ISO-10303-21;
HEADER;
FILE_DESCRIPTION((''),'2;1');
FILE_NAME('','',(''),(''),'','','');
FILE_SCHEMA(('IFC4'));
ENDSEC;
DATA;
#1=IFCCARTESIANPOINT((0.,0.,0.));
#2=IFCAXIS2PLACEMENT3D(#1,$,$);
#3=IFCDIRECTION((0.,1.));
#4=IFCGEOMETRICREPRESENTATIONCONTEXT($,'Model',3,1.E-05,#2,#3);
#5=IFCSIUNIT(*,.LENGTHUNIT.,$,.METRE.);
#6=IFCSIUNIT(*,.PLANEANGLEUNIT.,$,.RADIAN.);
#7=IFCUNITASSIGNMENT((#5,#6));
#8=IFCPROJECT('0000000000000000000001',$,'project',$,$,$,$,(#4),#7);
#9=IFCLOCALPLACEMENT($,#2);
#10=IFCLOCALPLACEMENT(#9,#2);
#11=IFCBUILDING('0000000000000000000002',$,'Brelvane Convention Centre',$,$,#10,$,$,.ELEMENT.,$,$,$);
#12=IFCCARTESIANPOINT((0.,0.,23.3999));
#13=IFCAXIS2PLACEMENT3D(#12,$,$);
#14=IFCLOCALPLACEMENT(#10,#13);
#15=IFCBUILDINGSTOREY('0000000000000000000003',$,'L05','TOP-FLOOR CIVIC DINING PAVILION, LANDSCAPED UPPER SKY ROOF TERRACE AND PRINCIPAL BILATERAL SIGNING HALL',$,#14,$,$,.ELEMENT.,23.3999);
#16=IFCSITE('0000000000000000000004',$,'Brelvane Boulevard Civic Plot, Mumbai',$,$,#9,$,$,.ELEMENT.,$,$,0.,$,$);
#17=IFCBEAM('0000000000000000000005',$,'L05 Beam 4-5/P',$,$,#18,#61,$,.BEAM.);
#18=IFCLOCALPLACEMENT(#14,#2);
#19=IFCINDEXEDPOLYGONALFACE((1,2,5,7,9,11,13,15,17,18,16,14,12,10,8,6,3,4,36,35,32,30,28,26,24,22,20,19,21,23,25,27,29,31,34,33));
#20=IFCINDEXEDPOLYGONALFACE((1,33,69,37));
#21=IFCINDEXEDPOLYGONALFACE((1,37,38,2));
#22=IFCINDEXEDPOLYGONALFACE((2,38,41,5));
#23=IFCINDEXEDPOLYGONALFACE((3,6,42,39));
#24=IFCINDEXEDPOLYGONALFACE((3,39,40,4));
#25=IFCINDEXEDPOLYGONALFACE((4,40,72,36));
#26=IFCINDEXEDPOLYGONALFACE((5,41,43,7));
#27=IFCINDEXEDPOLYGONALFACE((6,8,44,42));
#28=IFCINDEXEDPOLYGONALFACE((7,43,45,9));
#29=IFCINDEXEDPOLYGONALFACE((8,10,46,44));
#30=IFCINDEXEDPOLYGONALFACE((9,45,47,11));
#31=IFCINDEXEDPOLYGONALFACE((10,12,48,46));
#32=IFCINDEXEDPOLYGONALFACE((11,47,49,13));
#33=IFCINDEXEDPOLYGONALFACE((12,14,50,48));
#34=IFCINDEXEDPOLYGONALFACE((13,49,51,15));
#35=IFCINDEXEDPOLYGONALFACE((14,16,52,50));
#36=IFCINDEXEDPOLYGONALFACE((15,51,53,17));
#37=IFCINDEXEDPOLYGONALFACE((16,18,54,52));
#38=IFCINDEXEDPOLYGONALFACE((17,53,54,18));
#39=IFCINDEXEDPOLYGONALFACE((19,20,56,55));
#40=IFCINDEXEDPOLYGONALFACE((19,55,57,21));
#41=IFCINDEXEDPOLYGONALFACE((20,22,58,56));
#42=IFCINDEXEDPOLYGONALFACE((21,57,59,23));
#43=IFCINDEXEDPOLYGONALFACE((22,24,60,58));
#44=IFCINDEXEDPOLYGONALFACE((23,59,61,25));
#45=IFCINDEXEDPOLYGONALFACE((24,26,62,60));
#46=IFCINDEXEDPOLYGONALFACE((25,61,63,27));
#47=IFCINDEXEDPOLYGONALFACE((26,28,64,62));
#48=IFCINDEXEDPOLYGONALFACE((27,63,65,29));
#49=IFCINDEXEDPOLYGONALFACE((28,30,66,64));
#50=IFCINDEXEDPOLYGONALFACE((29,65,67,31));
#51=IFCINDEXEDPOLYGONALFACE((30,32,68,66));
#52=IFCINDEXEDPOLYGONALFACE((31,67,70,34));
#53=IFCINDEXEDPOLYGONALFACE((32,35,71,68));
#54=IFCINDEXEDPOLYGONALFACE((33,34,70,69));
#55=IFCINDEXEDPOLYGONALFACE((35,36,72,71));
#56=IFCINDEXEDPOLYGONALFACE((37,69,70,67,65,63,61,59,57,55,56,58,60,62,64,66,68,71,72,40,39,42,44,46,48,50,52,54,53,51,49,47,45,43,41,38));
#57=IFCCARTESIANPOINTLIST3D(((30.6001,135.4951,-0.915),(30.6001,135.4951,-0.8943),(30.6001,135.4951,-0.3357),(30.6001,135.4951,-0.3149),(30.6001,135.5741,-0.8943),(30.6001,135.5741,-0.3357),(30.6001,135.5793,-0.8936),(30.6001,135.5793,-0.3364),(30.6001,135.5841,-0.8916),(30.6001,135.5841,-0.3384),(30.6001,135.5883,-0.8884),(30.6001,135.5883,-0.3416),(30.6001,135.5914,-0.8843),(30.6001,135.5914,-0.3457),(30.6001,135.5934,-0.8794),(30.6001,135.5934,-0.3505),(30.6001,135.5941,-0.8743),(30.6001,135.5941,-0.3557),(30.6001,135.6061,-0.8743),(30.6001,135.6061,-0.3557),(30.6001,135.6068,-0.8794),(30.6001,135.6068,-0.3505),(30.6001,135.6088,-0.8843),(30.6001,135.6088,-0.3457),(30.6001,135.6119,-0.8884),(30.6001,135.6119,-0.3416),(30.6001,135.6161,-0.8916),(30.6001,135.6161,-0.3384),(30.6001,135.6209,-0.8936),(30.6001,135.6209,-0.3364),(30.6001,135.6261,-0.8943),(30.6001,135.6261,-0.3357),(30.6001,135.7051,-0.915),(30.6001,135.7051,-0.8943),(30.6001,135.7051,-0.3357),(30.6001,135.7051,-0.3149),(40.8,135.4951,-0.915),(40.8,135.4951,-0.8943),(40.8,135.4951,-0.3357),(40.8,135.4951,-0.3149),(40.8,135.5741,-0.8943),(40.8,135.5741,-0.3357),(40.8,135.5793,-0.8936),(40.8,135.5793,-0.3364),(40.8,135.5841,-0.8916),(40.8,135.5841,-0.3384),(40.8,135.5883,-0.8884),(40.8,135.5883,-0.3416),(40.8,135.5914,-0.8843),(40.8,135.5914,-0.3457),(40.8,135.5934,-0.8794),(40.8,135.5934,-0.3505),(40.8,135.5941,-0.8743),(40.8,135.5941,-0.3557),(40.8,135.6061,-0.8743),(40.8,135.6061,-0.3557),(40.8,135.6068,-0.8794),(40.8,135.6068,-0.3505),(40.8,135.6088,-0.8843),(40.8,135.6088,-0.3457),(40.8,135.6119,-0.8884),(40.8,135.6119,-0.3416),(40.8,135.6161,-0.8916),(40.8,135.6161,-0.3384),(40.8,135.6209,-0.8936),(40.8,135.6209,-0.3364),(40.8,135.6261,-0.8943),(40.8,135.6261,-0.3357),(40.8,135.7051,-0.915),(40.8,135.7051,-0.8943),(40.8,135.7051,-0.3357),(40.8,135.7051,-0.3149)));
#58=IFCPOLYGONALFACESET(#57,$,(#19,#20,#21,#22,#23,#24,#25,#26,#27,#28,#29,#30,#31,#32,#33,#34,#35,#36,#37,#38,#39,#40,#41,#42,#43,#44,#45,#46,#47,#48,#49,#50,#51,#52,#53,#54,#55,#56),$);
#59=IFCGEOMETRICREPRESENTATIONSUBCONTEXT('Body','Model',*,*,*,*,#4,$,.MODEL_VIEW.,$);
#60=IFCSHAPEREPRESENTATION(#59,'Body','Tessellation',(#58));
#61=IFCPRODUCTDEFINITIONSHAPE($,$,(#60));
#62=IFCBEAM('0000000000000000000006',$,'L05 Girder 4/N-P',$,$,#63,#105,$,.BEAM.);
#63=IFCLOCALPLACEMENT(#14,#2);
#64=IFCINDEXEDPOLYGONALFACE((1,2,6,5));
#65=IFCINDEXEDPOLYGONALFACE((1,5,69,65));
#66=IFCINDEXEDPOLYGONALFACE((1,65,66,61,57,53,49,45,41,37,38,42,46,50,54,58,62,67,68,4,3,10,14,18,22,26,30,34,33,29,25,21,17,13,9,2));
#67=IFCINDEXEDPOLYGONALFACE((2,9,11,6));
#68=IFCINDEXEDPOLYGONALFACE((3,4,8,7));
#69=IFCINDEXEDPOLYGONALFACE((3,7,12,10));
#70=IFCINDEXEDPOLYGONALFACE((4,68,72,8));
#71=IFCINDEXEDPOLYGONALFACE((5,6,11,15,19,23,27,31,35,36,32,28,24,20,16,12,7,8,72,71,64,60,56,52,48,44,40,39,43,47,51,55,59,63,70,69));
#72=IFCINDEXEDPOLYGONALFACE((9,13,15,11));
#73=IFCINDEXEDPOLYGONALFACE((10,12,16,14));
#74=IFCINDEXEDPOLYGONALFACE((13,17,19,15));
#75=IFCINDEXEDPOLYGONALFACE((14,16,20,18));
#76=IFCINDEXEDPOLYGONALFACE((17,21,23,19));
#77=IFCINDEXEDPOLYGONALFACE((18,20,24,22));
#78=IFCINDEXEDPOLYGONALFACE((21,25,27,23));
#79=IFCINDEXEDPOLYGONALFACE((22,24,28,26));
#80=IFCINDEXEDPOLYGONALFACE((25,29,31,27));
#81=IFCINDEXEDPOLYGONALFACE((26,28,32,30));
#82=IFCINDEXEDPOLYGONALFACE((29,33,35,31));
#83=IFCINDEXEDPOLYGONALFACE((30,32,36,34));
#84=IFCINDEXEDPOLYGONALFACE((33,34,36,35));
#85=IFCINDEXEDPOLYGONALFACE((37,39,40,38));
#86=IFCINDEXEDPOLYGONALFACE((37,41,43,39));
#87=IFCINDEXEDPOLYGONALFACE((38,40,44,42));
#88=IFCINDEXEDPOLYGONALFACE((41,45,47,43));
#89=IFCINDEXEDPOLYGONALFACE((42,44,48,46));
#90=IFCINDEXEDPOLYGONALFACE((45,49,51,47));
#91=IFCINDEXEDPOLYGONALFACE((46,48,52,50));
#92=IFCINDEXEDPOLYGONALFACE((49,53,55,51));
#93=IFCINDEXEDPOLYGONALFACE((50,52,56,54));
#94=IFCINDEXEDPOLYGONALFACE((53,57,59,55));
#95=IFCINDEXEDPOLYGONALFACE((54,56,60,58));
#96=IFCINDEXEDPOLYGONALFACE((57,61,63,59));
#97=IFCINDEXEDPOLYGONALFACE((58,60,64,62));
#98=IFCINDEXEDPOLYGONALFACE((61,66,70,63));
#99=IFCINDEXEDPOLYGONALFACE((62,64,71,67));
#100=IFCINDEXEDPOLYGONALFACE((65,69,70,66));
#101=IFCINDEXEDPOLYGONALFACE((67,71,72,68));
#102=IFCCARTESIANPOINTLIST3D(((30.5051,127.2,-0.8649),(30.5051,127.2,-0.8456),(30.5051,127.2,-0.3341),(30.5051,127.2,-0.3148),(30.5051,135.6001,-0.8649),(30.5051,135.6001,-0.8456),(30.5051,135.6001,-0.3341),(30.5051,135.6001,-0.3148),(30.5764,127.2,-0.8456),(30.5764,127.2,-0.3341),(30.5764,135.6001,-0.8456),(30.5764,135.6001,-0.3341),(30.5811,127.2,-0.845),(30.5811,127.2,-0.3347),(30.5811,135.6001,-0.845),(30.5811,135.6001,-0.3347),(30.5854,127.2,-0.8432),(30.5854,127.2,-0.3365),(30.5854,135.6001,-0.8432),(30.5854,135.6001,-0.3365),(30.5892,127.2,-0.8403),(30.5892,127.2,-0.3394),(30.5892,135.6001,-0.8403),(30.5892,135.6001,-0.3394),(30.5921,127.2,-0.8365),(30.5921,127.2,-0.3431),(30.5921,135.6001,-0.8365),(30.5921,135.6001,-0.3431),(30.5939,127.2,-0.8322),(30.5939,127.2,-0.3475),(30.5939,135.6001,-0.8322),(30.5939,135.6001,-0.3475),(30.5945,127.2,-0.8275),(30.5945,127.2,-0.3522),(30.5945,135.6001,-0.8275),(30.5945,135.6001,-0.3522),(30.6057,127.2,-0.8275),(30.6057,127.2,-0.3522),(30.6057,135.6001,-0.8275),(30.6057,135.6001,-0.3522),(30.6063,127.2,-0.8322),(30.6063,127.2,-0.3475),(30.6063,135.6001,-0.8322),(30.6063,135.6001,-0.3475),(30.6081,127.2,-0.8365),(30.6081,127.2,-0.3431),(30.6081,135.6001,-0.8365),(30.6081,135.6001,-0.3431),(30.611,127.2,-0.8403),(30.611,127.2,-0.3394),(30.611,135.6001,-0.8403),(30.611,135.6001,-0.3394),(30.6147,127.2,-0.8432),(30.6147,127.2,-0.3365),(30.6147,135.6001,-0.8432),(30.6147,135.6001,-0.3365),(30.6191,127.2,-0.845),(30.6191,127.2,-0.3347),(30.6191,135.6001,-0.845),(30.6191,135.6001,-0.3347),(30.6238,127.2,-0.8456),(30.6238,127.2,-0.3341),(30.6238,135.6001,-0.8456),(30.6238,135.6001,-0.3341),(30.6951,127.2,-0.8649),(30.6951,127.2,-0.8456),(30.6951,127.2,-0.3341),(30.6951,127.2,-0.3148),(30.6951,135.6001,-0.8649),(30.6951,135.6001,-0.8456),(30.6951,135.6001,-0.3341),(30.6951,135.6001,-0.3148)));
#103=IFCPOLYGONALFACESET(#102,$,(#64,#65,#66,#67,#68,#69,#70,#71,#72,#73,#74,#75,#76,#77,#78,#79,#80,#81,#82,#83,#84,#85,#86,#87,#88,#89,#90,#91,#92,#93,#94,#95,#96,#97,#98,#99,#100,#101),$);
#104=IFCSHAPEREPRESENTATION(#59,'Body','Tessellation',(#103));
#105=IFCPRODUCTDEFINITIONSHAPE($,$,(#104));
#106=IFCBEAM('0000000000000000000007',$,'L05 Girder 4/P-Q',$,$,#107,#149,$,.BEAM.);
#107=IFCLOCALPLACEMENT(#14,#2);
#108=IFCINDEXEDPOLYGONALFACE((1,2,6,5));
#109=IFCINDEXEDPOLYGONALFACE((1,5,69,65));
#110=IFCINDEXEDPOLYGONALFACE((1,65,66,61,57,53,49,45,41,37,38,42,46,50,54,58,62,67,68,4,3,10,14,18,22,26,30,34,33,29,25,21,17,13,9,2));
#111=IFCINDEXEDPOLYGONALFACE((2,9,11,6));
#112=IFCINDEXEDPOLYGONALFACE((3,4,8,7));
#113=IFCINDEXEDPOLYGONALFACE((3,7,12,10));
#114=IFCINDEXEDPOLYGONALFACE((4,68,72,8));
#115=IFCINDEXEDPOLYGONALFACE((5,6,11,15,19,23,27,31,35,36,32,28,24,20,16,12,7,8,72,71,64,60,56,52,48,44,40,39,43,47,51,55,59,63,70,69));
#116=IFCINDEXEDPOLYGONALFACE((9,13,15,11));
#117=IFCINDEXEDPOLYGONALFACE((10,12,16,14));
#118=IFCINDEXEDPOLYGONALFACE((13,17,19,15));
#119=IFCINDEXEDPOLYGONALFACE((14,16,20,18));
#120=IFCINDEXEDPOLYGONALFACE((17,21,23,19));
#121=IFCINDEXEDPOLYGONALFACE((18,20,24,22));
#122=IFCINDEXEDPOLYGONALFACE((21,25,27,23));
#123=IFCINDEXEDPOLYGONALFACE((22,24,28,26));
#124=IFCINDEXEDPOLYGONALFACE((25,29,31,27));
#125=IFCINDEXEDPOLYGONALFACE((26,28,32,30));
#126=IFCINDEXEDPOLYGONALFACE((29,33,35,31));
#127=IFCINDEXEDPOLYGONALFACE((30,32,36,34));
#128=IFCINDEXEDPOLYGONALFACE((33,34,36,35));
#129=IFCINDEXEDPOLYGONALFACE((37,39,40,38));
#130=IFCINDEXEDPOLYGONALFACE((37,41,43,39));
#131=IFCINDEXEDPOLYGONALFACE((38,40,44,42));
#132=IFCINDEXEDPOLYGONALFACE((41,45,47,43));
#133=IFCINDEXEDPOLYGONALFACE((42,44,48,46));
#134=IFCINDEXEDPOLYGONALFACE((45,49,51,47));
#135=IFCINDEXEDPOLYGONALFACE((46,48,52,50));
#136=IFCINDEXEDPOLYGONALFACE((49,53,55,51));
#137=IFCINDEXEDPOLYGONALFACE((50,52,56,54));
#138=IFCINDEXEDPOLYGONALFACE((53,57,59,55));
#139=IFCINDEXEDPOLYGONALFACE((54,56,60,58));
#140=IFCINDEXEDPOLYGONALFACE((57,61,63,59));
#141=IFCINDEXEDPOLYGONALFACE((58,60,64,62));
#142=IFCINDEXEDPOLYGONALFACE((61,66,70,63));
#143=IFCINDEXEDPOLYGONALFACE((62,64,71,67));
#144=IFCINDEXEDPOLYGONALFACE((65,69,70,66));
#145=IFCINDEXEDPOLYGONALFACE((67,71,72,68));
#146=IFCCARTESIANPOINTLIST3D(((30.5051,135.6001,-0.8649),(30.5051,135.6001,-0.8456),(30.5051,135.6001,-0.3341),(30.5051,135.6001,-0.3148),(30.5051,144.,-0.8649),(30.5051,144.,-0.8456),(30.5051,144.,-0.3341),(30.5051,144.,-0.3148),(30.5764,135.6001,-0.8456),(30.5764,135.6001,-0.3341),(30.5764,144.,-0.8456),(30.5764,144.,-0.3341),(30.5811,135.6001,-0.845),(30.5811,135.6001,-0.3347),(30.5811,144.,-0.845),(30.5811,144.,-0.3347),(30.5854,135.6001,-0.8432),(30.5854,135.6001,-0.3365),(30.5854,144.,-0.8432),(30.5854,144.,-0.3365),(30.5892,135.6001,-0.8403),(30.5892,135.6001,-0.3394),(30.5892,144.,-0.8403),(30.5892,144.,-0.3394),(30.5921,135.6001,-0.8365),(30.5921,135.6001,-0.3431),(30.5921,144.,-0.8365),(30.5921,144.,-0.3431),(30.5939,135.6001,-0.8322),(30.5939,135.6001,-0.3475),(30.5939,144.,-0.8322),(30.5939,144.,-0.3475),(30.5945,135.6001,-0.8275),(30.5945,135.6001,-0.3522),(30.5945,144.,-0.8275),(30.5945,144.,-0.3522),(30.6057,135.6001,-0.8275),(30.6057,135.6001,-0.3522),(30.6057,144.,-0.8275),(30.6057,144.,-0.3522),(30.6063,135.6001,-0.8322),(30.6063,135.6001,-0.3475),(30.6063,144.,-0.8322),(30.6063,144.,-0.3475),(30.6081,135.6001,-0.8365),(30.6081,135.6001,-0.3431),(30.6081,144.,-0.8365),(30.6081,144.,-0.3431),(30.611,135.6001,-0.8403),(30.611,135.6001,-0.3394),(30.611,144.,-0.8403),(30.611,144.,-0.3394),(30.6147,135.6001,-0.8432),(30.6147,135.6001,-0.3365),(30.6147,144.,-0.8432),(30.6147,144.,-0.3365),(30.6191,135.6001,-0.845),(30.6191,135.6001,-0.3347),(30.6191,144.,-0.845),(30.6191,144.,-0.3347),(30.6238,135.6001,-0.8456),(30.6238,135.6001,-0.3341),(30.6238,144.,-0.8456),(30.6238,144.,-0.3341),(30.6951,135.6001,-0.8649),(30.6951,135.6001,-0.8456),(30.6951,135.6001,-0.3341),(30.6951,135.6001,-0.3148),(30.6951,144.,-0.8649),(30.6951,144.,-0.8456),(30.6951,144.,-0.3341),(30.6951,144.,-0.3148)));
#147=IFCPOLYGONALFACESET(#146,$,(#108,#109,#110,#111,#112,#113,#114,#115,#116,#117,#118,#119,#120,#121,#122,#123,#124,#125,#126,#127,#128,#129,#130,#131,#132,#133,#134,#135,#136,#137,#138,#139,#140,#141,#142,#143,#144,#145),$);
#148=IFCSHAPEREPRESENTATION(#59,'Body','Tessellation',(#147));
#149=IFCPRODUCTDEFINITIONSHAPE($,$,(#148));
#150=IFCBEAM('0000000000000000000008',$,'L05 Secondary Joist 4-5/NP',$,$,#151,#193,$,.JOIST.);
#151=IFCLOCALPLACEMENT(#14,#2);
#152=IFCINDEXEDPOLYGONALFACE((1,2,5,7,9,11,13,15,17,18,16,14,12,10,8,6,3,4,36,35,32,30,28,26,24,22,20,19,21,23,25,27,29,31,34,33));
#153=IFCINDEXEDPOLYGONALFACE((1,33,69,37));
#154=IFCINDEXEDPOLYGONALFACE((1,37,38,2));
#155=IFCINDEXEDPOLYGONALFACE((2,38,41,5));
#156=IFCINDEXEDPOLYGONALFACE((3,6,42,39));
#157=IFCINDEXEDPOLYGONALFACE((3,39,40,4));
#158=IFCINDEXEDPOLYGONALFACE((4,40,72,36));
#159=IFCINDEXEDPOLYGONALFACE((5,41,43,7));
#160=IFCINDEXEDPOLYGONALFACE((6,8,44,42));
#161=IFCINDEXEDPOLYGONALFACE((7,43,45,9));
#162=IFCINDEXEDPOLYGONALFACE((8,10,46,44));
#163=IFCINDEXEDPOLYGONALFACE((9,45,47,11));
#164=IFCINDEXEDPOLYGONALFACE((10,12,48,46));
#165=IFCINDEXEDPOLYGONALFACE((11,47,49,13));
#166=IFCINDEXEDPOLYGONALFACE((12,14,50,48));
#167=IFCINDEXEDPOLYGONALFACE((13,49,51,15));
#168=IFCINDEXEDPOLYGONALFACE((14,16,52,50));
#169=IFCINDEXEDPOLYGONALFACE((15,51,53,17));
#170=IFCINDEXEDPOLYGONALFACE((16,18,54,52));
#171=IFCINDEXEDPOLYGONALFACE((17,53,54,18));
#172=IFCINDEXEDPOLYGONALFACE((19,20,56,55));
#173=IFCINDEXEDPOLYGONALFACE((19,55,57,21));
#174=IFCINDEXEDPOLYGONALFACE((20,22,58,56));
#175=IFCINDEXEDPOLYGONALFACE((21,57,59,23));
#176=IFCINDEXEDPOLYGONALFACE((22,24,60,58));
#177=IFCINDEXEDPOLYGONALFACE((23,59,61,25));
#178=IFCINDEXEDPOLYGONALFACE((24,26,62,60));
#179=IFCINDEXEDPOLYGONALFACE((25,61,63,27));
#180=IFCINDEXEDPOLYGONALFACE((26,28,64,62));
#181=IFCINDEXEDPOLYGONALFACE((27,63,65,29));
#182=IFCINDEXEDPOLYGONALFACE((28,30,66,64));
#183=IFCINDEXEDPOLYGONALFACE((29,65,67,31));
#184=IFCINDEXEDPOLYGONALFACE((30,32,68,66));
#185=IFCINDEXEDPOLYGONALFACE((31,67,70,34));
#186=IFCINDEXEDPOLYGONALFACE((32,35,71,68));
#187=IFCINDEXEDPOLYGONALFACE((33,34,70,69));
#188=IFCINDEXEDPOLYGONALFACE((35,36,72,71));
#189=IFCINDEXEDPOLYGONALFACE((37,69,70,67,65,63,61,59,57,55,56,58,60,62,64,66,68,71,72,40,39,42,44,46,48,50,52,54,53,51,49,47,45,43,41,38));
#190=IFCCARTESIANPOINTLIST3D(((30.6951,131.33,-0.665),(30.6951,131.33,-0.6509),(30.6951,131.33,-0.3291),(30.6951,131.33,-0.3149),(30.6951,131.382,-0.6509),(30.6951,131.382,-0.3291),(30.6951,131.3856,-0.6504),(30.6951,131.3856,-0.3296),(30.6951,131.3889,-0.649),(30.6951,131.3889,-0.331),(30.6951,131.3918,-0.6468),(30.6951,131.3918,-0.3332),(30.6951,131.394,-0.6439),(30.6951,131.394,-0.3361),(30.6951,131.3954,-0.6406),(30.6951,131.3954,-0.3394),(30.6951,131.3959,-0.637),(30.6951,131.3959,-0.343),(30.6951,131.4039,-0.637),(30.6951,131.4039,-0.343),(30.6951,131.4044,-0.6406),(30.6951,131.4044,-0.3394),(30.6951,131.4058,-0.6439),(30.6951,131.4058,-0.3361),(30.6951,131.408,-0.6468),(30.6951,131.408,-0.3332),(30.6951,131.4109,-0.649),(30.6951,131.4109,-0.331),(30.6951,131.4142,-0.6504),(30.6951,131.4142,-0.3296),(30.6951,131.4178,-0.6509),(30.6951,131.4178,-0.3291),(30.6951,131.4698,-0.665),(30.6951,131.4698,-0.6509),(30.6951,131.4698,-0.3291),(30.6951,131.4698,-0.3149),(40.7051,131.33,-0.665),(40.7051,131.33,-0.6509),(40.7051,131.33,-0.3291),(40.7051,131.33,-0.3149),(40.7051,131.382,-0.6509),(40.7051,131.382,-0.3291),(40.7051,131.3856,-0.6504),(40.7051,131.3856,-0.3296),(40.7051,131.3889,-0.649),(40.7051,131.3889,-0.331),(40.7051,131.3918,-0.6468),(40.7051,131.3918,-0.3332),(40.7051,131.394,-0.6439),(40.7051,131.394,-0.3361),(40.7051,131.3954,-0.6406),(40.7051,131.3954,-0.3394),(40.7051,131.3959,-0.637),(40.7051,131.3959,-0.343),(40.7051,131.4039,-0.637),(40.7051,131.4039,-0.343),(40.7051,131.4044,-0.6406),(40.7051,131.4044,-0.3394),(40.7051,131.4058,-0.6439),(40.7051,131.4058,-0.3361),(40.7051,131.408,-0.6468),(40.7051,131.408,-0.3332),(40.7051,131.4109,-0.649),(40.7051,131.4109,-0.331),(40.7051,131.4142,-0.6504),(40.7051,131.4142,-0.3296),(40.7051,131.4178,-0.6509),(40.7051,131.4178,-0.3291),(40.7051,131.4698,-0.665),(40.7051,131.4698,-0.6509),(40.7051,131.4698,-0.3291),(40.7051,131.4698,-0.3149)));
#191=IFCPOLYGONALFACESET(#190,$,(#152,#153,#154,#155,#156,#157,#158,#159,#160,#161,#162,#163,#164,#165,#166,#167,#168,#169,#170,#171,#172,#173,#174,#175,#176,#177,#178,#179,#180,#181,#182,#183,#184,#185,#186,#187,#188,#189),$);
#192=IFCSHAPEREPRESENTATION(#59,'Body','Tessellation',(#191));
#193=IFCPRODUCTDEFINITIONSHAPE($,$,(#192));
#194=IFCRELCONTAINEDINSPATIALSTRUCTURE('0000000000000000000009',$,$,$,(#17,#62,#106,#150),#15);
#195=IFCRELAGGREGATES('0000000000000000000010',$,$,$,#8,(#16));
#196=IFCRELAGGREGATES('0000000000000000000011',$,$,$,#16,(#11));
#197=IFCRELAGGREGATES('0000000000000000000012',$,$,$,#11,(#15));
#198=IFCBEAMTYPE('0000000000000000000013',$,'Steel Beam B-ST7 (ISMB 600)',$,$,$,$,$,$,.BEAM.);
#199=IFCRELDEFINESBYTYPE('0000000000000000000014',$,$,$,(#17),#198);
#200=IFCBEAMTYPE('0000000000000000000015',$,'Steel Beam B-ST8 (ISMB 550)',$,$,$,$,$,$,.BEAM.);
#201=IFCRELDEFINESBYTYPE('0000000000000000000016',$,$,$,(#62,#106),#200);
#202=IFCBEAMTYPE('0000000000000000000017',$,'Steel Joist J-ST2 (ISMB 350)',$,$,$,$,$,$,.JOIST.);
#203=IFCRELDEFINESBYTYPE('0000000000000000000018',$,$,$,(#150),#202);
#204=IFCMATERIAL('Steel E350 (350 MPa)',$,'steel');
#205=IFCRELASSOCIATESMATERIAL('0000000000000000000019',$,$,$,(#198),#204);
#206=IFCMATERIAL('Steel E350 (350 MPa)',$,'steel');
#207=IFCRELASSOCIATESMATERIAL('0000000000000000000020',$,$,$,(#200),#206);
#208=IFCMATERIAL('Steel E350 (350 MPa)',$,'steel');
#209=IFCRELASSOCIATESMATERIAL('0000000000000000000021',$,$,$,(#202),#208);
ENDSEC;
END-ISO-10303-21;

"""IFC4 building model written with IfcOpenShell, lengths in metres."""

from ifc_helpers import new_model, si_unit, direction, frame, origin, origin_2d, place, context, subcontext, project, spatial, i_section, extrude, material, material_profile, profile_set, type_object, element, save


model = new_model("IFC4")

# Units and contexts
model_context = context("Model", 3, precision=1e-05, world=origin(), true_north=direction((0.0, 1.0)))
body_context = subcontext(model_context, "Body", "Model", "MODEL_VIEW")
ifc_project = project(units=[si_unit("LENGTHUNIT", "METRE"), si_unit("PLANEANGLEUNIT", "RADIAN")], contexts=[model_context])

# Site, building, storey
site_placement = place(None, origin())
site = spatial("IfcSite", under=ifc_project, at=site_placement, Name="Brelvane Boulevard Civic Plot, Mumbai", CompositionType="ELEMENT", RefElevation=0.0)
building_placement = place(site_placement, origin())
building = spatial("IfcBuilding", under=site, at=building_placement, Name="Brelvane Convention Centre", CompositionType="ELEMENT")
storey_placement = place(building_placement, frame((0.0, 0.0, 23.3999)))
storey = spatial("IfcBuildingStorey", under=building, at=storey_placement, Name="L05", Description="TOP-FLOOR CIVIC DINING PAVILION, LANDSCAPED UPPER SKY ROOF TERRACE AND PRINCIPAL BILATERAL SIGNING HALL", CompositionType="ELEMENT", Elevation=23.3999)

# Beams
ifc_material_1 = material(Name="Steel E350 (350 MPa)", Category="steel")
ifc_material_profile_1 = material_profile(ifc_material_1, i_section(OverallWidth=0.21, OverallDepth=0.6001, WebThickness=0.012, FlangeThickness=0.0208, FilletRadius=0.02, at=origin_2d()), Name="ISMB 600")
ifc_profile_set_1 = profile_set([ifc_material_profile_1], Name="Steel E350 (350 MPa)")
beam_type_1 = type_object("IfcBeamType", Name="Steel Beam B-ST7 (ISMB 600)", PredefinedType="BEAM", material=ifc_profile_set_1)
for number, where, z_axis, x_axis, name in (
    (1, (30.6001, 135.6001, -0.615), (1.0, 0.0, 0.0), (0.0, 1.0, 0.0), "L05 Beam 4-5/P"),
):
    element("IfcBeam", number, at=place(storey_placement, frame(where, z_axis=z_axis, x_axis=x_axis)), inside=storey, type_object=beam_type_1, Name=name, PredefinedType="BEAM", context=body_context, shape_type="SweptSolid", body=[
        extrude(i_section(OverallWidth=0.21, OverallDepth=0.6001, WebThickness=0.012, FlangeThickness=0.0208, FilletRadius=0.02, at=origin_2d()), origin(), (0.0, 0.0, 1.0), 10.2),
    ])
ifc_material_2 = material(Name="Steel E350 (350 MPa)", Category="steel")
ifc_material_profile_2 = material_profile(ifc_material_2, i_section(OverallWidth=0.1899, OverallDepth=0.55, WebThickness=0.0112, FlangeThickness=0.0193, FilletRadius=0.0181, at=origin_2d()), Name="ISMB 550")
ifc_profile_set_2 = profile_set([ifc_material_profile_2], Name="Steel E350 (350 MPa)")
beam_type_2 = type_object("IfcBeamType", Name="Steel Beam B-ST8 (ISMB 550)", PredefinedType="BEAM", material=ifc_profile_set_2)
beam_1_placement = place(storey_placement, frame((30.6001, 127.2, -0.5898), z_axis=(0.0, 1.0, 0.0), x_axis=(-1.0, 0.0, 0.0)))
element("IfcBeam", 2, at=beam_1_placement, inside=storey, type_object=beam_type_2, Name="L05 Girder 4/N-P", PredefinedType="BEAM", context=body_context, shape_type="SweptSolid", body=[
    extrude(i_section(OverallWidth=0.1899, OverallDepth=0.55, WebThickness=0.0112, FlangeThickness=0.0193, FilletRadius=0.0181, at=origin_2d()), origin(), (0.0, 0.0, 1.0), 8.4001),
])
beam_2_placement = place(storey_placement, frame((30.6001, 135.6001, -0.5898), z_axis=(0.0, 1.0, 0.0), x_axis=(-1.0, 0.0, 0.0)))
element("IfcBeam", 3, at=beam_2_placement, inside=storey, type_object=beam_type_2, Name="L05 Girder 4/P-Q", PredefinedType="BEAM", context=body_context, shape_type="SweptSolid", body=[
    extrude(i_section(OverallWidth=0.1899, OverallDepth=0.55, WebThickness=0.0112, FlangeThickness=0.0193, FilletRadius=0.0181, at=origin_2d()), origin(), (0.0, 0.0, 1.0), 8.3999),
])
ifc_material_3 = material(Name="Steel E350 (350 MPa)", Category="steel")
ifc_material_profile_3 = material_profile(ifc_material_3, i_section(OverallWidth=0.1399, OverallDepth=0.3501, WebThickness=0.0081, FlangeThickness=0.0142, FilletRadius=0.0139, at=origin_2d()), Name="ISMB 350")
ifc_profile_set_3 = profile_set([ifc_material_profile_3], Name="Steel E350 (350 MPa)")
beam_type_3 = type_object("IfcBeamType", Name="Steel Joist J-ST2 (ISMB 350)", PredefinedType="JOIST", material=ifc_profile_set_3)
for number, where, z_axis, x_axis, name in (
    (4, (30.6951, 131.3999, -0.49), (1.0, 0.0, 0.0), (0.0, 1.0, 0.0), "L05 Secondary Joist 4-5/NP"),
):
    element("IfcBeam", number, at=place(storey_placement, frame(where, z_axis=z_axis, x_axis=x_axis)), inside=storey, type_object=beam_type_3, Name=name, PredefinedType="JOIST", context=body_context, shape_type="SweptSolid", body=[
        extrude(i_section(OverallWidth=0.1399, OverallDepth=0.3501, WebThickness=0.0081, FlangeThickness=0.0142, FilletRadius=0.0139, at=origin_2d()), origin(), (0.0, 0.0, 1.0), 10.01),
    ])

save(model, "model.ifc")
